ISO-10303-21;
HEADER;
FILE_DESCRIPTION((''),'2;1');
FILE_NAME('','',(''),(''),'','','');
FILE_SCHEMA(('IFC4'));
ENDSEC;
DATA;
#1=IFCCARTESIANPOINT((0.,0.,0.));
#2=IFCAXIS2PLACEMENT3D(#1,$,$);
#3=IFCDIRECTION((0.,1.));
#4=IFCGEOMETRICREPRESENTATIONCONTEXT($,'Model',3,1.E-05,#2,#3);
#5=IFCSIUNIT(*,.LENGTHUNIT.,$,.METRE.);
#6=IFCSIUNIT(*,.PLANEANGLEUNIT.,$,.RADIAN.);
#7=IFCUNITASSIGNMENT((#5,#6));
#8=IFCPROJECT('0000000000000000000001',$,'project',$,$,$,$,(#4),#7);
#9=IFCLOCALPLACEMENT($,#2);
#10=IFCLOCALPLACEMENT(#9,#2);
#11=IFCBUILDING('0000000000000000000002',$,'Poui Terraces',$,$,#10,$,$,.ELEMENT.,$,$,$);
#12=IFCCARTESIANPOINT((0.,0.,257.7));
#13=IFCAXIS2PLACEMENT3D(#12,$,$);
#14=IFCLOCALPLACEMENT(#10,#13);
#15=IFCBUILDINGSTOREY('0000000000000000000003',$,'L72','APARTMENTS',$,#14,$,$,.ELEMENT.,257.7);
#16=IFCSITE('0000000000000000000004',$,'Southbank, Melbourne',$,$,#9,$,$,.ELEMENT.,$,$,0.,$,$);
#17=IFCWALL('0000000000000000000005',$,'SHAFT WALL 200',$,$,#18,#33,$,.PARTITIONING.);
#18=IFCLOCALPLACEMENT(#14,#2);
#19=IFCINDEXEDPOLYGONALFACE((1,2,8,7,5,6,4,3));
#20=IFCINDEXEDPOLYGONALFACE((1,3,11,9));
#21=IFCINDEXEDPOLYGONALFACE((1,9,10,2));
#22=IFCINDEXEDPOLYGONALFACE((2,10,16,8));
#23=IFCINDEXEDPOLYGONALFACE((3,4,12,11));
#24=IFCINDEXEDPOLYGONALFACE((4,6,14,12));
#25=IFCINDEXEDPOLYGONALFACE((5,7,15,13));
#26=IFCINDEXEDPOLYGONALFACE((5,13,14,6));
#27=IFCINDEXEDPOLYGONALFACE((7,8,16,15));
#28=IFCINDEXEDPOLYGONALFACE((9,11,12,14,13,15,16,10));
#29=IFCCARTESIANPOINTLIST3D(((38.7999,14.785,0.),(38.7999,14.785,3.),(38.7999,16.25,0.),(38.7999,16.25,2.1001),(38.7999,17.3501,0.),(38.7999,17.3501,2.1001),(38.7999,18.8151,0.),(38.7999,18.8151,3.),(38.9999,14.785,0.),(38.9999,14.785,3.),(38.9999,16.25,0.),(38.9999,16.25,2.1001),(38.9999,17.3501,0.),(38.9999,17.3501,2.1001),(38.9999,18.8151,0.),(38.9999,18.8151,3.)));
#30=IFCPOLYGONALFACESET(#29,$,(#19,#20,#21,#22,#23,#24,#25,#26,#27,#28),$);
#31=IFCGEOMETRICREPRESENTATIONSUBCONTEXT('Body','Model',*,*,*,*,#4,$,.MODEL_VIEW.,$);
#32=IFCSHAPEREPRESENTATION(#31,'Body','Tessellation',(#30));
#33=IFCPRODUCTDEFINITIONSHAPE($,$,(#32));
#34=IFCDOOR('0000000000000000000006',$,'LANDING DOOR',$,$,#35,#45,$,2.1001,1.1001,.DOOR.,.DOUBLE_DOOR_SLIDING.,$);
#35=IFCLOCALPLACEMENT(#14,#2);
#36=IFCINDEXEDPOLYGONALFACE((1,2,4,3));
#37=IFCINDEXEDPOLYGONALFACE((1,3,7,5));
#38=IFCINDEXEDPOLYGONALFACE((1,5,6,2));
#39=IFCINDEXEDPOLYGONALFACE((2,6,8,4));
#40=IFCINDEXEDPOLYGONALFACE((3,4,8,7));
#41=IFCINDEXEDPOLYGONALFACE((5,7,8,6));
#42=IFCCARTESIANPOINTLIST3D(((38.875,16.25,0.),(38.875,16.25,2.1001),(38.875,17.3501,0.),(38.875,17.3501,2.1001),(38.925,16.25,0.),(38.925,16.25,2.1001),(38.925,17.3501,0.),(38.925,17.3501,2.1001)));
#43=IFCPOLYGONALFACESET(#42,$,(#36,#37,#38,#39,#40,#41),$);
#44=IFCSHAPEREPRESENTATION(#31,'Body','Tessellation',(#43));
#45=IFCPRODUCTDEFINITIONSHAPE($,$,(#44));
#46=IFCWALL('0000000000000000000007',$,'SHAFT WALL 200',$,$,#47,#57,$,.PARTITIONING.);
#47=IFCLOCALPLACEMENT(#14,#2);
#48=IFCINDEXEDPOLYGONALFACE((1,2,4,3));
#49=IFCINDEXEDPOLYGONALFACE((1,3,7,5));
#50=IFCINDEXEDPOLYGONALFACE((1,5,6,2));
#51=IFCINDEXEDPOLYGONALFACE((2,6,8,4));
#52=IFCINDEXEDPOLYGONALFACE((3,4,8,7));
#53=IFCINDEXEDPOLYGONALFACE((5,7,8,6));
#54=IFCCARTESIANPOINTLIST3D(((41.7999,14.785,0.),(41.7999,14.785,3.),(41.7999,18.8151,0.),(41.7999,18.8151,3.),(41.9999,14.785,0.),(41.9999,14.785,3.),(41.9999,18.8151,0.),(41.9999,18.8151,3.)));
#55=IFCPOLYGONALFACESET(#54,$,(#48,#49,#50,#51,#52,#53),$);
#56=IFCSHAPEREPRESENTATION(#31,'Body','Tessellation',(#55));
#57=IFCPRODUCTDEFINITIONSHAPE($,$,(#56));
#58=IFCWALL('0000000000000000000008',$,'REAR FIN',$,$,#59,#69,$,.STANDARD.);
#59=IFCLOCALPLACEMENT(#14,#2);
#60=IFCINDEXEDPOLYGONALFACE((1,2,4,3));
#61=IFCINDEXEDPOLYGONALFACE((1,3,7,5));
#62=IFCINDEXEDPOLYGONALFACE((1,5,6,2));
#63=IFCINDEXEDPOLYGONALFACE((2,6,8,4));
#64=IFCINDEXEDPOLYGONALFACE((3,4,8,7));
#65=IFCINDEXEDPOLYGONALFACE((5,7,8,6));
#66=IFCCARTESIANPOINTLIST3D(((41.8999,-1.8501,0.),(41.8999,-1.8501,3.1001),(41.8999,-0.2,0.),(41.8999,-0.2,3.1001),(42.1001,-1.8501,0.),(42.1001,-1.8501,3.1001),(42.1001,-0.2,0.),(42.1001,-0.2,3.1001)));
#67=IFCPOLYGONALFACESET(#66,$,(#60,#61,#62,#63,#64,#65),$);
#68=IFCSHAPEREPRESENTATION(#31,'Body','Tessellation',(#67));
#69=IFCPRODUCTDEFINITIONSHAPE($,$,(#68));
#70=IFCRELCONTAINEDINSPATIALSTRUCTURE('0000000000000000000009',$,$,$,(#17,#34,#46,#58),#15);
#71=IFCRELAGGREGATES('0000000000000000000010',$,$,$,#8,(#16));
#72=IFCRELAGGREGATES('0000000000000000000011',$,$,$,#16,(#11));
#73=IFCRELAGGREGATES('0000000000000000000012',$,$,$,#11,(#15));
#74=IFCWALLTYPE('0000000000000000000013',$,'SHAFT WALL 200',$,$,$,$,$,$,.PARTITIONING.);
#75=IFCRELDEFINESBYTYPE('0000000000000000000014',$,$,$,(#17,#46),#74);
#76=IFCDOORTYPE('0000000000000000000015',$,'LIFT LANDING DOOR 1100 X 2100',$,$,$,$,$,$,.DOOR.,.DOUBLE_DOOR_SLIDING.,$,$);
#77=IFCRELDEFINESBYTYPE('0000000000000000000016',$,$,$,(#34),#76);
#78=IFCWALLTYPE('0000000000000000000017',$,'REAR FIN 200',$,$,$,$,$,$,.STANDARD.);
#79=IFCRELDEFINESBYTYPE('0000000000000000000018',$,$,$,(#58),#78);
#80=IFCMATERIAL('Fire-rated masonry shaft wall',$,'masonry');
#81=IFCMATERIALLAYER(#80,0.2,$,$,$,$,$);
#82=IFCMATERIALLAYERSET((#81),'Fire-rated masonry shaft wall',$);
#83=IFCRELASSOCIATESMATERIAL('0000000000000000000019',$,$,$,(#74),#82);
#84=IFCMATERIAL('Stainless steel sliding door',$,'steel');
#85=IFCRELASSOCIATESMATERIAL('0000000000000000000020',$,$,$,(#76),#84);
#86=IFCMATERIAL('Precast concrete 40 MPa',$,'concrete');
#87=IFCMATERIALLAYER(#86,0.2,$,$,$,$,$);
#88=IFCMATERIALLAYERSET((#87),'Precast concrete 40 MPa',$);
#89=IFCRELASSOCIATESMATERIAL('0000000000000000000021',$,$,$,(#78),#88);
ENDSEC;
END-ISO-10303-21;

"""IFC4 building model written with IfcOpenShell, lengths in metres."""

from ifc_helpers import new_model, si_unit, direction, frame, frame_2d, origin, place, context, subcontext, project, spatial, polyline, rectangle, outline, extrude, source, transform, mapped, material, layer, layer_set, type_object, element, fill, save


model = new_model("IFC4")

# Units and contexts
model_context = context("Model", 3, precision=1e-05, world=origin(), true_north=direction((0.0, 1.0)))
body_context = subcontext(model_context, "Body", "Model", "MODEL_VIEW")
ifc_project = project(units=[si_unit("LENGTHUNIT", "METRE"), si_unit("PLANEANGLEUNIT", "RADIAN")], contexts=[model_context])

# Site, building, storey
site_placement = place(None, origin())
site = spatial("IfcSite", under=ifc_project, at=site_placement, Name="Southbank, Melbourne", CompositionType="ELEMENT", RefElevation=0.0)
building_placement = place(site_placement, origin())
building = spatial("IfcBuilding", under=site, at=building_placement, Name="Poui Terraces", CompositionType="ELEMENT")
storey_placement = place(building_placement, frame((0.0, 0.0, 257.7)))
storey = spatial("IfcBuildingStorey", under=building, at=storey_placement, Name="L72", Description="APARTMENTS", CompositionType="ELEMENT", Elevation=257.7)

# Wall, opening, door
ifc_material_1 = material(Name="Fire-rated masonry shaft wall", Category="masonry")
ifc_layer_1 = layer(ifc_material_1, 0.2)
ifc_layer_set_1 = layer_set([ifc_layer_1], Name="Fire-rated masonry shaft wall")
wall_type_1 = type_object("IfcWallType", Name="SHAFT WALL 200", PredefinedType="PARTITIONING", material=ifc_layer_set_1)
wall_1_placement = place(storey_placement, frame((38.8999, 14.7849, 0.0), z_axis=(0.0, 0.0, 1.0), x_axis=(0.0, 1.0, 0.0)))
wall_1 = element("IfcWall", 1, at=wall_1_placement, inside=storey, type_object=wall_type_1, Name="SHAFT WALL 200", PredefinedType="PARTITIONING", context=body_context, shape_type="SweptSolid", body=[
    extrude(rectangle(XDim=4.03, YDim=0.2, at=frame_2d((2.0151, 0.0))), origin(), (0.0, 0.0, 1.0), 3.0),
])
opening_1_placement = place(wall_1_placement, frame((1.4651, 0.0, 0.0)))
opening_1 = element("IfcOpeningElement", 2, at=opening_1_placement, cuts=wall_1, PredefinedType="OPENING", context=body_context, shape_type="SweptSolid", body=[
    extrude(rectangle(XDim=1.1001, YDim=2.1001, at=frame_2d((0.55, 1.05))), frame((0.0, 0.1099, 0.0), z_axis=(0.0, -1.0, 0.0), x_axis=(1.0, 0.0, 0.0)), (0.0, 0.0, 1.0), 0.22),
])
ifc_material_2 = material(Name="Stainless steel sliding door", Category="steel")
door_type_1 = type_object("IfcDoorType", Name="LIFT LANDING DOOR 1100 X 2100", OperationType="DOUBLE_DOOR_SLIDING", PredefinedType="DOOR", material=ifc_material_2)
door_1_placement = place(opening_1_placement, origin())
door_1 = element("IfcDoor", 3, at=door_1_placement, inside=storey, type_object=door_type_1, Name="LANDING DOOR", OperationType="DOUBLE_DOOR_SLIDING", OverallHeight=2.1001, OverallWidth=1.1001, PredefinedType="DOOR", context=body_context, shape_type="SweptSolid", body=[
    extrude(rectangle(XDim=1.1001, YDim=2.1001, at=frame_2d((0.55, 1.05))), frame((0.0, 0.0249, 0.0), z_axis=(0.0, -1.0, 0.0), x_axis=(1.0, 0.0, 0.0)), (0.0, 0.0, 1.0), 0.05),
])
fill(opening_1, door_1)

# Walls
wall_2_placement = place(storey_placement, frame((41.8999, 14.7849, 0.0), z_axis=(0.0, 0.0, 1.0), x_axis=(0.0, 1.0, 0.0)))
element("IfcWall", 4, at=wall_2_placement, inside=storey, type_object=wall_type_1, Name="SHAFT WALL 200", PredefinedType="PARTITIONING", context=body_context, shape_type="SweptSolid", body=[
    extrude(rectangle(XDim=4.03, YDim=0.2, at=frame_2d((2.0151, 0.0))), origin(), (0.0, 0.0, 1.0), 3.0),
])
ifc_material_3 = material(Name="Precast concrete 40 MPa", Category="concrete")
ifc_layer_2 = layer(ifc_material_3, 0.2)
ifc_layer_set_2 = layer_set([ifc_layer_2], Name="Precast concrete 40 MPa")
wall_type_2 = type_object("IfcWallType", Name="REAR FIN 200", PredefinedType="STANDARD", material=ifc_layer_set_2)
shared_shape_1 = source(origin(), body_context, "Body", "SweptSolid", [
    extrude(outline(polyline([(0.0, 0.0), (0.2002, 0.0), (0.2002, 1.6501), (0.0, 1.6501), (0.0, 0.0)])), origin(), (0.0, 0.0, 1.0), 3.1001),
])
wall_3_placement = place(storey_placement, frame((41.8999, -1.8501, 0.0)))
element("IfcWall", 5, at=wall_3_placement, inside=storey, type_object=wall_type_2, Name="REAR FIN", PredefinedType="STANDARD", context=body_context, shape_type="MappedRepresentation", body=[
    mapped(shared_shape_1, transform((0.0, 0.0, 0.0))),
])

save(model, "model.ifc")
